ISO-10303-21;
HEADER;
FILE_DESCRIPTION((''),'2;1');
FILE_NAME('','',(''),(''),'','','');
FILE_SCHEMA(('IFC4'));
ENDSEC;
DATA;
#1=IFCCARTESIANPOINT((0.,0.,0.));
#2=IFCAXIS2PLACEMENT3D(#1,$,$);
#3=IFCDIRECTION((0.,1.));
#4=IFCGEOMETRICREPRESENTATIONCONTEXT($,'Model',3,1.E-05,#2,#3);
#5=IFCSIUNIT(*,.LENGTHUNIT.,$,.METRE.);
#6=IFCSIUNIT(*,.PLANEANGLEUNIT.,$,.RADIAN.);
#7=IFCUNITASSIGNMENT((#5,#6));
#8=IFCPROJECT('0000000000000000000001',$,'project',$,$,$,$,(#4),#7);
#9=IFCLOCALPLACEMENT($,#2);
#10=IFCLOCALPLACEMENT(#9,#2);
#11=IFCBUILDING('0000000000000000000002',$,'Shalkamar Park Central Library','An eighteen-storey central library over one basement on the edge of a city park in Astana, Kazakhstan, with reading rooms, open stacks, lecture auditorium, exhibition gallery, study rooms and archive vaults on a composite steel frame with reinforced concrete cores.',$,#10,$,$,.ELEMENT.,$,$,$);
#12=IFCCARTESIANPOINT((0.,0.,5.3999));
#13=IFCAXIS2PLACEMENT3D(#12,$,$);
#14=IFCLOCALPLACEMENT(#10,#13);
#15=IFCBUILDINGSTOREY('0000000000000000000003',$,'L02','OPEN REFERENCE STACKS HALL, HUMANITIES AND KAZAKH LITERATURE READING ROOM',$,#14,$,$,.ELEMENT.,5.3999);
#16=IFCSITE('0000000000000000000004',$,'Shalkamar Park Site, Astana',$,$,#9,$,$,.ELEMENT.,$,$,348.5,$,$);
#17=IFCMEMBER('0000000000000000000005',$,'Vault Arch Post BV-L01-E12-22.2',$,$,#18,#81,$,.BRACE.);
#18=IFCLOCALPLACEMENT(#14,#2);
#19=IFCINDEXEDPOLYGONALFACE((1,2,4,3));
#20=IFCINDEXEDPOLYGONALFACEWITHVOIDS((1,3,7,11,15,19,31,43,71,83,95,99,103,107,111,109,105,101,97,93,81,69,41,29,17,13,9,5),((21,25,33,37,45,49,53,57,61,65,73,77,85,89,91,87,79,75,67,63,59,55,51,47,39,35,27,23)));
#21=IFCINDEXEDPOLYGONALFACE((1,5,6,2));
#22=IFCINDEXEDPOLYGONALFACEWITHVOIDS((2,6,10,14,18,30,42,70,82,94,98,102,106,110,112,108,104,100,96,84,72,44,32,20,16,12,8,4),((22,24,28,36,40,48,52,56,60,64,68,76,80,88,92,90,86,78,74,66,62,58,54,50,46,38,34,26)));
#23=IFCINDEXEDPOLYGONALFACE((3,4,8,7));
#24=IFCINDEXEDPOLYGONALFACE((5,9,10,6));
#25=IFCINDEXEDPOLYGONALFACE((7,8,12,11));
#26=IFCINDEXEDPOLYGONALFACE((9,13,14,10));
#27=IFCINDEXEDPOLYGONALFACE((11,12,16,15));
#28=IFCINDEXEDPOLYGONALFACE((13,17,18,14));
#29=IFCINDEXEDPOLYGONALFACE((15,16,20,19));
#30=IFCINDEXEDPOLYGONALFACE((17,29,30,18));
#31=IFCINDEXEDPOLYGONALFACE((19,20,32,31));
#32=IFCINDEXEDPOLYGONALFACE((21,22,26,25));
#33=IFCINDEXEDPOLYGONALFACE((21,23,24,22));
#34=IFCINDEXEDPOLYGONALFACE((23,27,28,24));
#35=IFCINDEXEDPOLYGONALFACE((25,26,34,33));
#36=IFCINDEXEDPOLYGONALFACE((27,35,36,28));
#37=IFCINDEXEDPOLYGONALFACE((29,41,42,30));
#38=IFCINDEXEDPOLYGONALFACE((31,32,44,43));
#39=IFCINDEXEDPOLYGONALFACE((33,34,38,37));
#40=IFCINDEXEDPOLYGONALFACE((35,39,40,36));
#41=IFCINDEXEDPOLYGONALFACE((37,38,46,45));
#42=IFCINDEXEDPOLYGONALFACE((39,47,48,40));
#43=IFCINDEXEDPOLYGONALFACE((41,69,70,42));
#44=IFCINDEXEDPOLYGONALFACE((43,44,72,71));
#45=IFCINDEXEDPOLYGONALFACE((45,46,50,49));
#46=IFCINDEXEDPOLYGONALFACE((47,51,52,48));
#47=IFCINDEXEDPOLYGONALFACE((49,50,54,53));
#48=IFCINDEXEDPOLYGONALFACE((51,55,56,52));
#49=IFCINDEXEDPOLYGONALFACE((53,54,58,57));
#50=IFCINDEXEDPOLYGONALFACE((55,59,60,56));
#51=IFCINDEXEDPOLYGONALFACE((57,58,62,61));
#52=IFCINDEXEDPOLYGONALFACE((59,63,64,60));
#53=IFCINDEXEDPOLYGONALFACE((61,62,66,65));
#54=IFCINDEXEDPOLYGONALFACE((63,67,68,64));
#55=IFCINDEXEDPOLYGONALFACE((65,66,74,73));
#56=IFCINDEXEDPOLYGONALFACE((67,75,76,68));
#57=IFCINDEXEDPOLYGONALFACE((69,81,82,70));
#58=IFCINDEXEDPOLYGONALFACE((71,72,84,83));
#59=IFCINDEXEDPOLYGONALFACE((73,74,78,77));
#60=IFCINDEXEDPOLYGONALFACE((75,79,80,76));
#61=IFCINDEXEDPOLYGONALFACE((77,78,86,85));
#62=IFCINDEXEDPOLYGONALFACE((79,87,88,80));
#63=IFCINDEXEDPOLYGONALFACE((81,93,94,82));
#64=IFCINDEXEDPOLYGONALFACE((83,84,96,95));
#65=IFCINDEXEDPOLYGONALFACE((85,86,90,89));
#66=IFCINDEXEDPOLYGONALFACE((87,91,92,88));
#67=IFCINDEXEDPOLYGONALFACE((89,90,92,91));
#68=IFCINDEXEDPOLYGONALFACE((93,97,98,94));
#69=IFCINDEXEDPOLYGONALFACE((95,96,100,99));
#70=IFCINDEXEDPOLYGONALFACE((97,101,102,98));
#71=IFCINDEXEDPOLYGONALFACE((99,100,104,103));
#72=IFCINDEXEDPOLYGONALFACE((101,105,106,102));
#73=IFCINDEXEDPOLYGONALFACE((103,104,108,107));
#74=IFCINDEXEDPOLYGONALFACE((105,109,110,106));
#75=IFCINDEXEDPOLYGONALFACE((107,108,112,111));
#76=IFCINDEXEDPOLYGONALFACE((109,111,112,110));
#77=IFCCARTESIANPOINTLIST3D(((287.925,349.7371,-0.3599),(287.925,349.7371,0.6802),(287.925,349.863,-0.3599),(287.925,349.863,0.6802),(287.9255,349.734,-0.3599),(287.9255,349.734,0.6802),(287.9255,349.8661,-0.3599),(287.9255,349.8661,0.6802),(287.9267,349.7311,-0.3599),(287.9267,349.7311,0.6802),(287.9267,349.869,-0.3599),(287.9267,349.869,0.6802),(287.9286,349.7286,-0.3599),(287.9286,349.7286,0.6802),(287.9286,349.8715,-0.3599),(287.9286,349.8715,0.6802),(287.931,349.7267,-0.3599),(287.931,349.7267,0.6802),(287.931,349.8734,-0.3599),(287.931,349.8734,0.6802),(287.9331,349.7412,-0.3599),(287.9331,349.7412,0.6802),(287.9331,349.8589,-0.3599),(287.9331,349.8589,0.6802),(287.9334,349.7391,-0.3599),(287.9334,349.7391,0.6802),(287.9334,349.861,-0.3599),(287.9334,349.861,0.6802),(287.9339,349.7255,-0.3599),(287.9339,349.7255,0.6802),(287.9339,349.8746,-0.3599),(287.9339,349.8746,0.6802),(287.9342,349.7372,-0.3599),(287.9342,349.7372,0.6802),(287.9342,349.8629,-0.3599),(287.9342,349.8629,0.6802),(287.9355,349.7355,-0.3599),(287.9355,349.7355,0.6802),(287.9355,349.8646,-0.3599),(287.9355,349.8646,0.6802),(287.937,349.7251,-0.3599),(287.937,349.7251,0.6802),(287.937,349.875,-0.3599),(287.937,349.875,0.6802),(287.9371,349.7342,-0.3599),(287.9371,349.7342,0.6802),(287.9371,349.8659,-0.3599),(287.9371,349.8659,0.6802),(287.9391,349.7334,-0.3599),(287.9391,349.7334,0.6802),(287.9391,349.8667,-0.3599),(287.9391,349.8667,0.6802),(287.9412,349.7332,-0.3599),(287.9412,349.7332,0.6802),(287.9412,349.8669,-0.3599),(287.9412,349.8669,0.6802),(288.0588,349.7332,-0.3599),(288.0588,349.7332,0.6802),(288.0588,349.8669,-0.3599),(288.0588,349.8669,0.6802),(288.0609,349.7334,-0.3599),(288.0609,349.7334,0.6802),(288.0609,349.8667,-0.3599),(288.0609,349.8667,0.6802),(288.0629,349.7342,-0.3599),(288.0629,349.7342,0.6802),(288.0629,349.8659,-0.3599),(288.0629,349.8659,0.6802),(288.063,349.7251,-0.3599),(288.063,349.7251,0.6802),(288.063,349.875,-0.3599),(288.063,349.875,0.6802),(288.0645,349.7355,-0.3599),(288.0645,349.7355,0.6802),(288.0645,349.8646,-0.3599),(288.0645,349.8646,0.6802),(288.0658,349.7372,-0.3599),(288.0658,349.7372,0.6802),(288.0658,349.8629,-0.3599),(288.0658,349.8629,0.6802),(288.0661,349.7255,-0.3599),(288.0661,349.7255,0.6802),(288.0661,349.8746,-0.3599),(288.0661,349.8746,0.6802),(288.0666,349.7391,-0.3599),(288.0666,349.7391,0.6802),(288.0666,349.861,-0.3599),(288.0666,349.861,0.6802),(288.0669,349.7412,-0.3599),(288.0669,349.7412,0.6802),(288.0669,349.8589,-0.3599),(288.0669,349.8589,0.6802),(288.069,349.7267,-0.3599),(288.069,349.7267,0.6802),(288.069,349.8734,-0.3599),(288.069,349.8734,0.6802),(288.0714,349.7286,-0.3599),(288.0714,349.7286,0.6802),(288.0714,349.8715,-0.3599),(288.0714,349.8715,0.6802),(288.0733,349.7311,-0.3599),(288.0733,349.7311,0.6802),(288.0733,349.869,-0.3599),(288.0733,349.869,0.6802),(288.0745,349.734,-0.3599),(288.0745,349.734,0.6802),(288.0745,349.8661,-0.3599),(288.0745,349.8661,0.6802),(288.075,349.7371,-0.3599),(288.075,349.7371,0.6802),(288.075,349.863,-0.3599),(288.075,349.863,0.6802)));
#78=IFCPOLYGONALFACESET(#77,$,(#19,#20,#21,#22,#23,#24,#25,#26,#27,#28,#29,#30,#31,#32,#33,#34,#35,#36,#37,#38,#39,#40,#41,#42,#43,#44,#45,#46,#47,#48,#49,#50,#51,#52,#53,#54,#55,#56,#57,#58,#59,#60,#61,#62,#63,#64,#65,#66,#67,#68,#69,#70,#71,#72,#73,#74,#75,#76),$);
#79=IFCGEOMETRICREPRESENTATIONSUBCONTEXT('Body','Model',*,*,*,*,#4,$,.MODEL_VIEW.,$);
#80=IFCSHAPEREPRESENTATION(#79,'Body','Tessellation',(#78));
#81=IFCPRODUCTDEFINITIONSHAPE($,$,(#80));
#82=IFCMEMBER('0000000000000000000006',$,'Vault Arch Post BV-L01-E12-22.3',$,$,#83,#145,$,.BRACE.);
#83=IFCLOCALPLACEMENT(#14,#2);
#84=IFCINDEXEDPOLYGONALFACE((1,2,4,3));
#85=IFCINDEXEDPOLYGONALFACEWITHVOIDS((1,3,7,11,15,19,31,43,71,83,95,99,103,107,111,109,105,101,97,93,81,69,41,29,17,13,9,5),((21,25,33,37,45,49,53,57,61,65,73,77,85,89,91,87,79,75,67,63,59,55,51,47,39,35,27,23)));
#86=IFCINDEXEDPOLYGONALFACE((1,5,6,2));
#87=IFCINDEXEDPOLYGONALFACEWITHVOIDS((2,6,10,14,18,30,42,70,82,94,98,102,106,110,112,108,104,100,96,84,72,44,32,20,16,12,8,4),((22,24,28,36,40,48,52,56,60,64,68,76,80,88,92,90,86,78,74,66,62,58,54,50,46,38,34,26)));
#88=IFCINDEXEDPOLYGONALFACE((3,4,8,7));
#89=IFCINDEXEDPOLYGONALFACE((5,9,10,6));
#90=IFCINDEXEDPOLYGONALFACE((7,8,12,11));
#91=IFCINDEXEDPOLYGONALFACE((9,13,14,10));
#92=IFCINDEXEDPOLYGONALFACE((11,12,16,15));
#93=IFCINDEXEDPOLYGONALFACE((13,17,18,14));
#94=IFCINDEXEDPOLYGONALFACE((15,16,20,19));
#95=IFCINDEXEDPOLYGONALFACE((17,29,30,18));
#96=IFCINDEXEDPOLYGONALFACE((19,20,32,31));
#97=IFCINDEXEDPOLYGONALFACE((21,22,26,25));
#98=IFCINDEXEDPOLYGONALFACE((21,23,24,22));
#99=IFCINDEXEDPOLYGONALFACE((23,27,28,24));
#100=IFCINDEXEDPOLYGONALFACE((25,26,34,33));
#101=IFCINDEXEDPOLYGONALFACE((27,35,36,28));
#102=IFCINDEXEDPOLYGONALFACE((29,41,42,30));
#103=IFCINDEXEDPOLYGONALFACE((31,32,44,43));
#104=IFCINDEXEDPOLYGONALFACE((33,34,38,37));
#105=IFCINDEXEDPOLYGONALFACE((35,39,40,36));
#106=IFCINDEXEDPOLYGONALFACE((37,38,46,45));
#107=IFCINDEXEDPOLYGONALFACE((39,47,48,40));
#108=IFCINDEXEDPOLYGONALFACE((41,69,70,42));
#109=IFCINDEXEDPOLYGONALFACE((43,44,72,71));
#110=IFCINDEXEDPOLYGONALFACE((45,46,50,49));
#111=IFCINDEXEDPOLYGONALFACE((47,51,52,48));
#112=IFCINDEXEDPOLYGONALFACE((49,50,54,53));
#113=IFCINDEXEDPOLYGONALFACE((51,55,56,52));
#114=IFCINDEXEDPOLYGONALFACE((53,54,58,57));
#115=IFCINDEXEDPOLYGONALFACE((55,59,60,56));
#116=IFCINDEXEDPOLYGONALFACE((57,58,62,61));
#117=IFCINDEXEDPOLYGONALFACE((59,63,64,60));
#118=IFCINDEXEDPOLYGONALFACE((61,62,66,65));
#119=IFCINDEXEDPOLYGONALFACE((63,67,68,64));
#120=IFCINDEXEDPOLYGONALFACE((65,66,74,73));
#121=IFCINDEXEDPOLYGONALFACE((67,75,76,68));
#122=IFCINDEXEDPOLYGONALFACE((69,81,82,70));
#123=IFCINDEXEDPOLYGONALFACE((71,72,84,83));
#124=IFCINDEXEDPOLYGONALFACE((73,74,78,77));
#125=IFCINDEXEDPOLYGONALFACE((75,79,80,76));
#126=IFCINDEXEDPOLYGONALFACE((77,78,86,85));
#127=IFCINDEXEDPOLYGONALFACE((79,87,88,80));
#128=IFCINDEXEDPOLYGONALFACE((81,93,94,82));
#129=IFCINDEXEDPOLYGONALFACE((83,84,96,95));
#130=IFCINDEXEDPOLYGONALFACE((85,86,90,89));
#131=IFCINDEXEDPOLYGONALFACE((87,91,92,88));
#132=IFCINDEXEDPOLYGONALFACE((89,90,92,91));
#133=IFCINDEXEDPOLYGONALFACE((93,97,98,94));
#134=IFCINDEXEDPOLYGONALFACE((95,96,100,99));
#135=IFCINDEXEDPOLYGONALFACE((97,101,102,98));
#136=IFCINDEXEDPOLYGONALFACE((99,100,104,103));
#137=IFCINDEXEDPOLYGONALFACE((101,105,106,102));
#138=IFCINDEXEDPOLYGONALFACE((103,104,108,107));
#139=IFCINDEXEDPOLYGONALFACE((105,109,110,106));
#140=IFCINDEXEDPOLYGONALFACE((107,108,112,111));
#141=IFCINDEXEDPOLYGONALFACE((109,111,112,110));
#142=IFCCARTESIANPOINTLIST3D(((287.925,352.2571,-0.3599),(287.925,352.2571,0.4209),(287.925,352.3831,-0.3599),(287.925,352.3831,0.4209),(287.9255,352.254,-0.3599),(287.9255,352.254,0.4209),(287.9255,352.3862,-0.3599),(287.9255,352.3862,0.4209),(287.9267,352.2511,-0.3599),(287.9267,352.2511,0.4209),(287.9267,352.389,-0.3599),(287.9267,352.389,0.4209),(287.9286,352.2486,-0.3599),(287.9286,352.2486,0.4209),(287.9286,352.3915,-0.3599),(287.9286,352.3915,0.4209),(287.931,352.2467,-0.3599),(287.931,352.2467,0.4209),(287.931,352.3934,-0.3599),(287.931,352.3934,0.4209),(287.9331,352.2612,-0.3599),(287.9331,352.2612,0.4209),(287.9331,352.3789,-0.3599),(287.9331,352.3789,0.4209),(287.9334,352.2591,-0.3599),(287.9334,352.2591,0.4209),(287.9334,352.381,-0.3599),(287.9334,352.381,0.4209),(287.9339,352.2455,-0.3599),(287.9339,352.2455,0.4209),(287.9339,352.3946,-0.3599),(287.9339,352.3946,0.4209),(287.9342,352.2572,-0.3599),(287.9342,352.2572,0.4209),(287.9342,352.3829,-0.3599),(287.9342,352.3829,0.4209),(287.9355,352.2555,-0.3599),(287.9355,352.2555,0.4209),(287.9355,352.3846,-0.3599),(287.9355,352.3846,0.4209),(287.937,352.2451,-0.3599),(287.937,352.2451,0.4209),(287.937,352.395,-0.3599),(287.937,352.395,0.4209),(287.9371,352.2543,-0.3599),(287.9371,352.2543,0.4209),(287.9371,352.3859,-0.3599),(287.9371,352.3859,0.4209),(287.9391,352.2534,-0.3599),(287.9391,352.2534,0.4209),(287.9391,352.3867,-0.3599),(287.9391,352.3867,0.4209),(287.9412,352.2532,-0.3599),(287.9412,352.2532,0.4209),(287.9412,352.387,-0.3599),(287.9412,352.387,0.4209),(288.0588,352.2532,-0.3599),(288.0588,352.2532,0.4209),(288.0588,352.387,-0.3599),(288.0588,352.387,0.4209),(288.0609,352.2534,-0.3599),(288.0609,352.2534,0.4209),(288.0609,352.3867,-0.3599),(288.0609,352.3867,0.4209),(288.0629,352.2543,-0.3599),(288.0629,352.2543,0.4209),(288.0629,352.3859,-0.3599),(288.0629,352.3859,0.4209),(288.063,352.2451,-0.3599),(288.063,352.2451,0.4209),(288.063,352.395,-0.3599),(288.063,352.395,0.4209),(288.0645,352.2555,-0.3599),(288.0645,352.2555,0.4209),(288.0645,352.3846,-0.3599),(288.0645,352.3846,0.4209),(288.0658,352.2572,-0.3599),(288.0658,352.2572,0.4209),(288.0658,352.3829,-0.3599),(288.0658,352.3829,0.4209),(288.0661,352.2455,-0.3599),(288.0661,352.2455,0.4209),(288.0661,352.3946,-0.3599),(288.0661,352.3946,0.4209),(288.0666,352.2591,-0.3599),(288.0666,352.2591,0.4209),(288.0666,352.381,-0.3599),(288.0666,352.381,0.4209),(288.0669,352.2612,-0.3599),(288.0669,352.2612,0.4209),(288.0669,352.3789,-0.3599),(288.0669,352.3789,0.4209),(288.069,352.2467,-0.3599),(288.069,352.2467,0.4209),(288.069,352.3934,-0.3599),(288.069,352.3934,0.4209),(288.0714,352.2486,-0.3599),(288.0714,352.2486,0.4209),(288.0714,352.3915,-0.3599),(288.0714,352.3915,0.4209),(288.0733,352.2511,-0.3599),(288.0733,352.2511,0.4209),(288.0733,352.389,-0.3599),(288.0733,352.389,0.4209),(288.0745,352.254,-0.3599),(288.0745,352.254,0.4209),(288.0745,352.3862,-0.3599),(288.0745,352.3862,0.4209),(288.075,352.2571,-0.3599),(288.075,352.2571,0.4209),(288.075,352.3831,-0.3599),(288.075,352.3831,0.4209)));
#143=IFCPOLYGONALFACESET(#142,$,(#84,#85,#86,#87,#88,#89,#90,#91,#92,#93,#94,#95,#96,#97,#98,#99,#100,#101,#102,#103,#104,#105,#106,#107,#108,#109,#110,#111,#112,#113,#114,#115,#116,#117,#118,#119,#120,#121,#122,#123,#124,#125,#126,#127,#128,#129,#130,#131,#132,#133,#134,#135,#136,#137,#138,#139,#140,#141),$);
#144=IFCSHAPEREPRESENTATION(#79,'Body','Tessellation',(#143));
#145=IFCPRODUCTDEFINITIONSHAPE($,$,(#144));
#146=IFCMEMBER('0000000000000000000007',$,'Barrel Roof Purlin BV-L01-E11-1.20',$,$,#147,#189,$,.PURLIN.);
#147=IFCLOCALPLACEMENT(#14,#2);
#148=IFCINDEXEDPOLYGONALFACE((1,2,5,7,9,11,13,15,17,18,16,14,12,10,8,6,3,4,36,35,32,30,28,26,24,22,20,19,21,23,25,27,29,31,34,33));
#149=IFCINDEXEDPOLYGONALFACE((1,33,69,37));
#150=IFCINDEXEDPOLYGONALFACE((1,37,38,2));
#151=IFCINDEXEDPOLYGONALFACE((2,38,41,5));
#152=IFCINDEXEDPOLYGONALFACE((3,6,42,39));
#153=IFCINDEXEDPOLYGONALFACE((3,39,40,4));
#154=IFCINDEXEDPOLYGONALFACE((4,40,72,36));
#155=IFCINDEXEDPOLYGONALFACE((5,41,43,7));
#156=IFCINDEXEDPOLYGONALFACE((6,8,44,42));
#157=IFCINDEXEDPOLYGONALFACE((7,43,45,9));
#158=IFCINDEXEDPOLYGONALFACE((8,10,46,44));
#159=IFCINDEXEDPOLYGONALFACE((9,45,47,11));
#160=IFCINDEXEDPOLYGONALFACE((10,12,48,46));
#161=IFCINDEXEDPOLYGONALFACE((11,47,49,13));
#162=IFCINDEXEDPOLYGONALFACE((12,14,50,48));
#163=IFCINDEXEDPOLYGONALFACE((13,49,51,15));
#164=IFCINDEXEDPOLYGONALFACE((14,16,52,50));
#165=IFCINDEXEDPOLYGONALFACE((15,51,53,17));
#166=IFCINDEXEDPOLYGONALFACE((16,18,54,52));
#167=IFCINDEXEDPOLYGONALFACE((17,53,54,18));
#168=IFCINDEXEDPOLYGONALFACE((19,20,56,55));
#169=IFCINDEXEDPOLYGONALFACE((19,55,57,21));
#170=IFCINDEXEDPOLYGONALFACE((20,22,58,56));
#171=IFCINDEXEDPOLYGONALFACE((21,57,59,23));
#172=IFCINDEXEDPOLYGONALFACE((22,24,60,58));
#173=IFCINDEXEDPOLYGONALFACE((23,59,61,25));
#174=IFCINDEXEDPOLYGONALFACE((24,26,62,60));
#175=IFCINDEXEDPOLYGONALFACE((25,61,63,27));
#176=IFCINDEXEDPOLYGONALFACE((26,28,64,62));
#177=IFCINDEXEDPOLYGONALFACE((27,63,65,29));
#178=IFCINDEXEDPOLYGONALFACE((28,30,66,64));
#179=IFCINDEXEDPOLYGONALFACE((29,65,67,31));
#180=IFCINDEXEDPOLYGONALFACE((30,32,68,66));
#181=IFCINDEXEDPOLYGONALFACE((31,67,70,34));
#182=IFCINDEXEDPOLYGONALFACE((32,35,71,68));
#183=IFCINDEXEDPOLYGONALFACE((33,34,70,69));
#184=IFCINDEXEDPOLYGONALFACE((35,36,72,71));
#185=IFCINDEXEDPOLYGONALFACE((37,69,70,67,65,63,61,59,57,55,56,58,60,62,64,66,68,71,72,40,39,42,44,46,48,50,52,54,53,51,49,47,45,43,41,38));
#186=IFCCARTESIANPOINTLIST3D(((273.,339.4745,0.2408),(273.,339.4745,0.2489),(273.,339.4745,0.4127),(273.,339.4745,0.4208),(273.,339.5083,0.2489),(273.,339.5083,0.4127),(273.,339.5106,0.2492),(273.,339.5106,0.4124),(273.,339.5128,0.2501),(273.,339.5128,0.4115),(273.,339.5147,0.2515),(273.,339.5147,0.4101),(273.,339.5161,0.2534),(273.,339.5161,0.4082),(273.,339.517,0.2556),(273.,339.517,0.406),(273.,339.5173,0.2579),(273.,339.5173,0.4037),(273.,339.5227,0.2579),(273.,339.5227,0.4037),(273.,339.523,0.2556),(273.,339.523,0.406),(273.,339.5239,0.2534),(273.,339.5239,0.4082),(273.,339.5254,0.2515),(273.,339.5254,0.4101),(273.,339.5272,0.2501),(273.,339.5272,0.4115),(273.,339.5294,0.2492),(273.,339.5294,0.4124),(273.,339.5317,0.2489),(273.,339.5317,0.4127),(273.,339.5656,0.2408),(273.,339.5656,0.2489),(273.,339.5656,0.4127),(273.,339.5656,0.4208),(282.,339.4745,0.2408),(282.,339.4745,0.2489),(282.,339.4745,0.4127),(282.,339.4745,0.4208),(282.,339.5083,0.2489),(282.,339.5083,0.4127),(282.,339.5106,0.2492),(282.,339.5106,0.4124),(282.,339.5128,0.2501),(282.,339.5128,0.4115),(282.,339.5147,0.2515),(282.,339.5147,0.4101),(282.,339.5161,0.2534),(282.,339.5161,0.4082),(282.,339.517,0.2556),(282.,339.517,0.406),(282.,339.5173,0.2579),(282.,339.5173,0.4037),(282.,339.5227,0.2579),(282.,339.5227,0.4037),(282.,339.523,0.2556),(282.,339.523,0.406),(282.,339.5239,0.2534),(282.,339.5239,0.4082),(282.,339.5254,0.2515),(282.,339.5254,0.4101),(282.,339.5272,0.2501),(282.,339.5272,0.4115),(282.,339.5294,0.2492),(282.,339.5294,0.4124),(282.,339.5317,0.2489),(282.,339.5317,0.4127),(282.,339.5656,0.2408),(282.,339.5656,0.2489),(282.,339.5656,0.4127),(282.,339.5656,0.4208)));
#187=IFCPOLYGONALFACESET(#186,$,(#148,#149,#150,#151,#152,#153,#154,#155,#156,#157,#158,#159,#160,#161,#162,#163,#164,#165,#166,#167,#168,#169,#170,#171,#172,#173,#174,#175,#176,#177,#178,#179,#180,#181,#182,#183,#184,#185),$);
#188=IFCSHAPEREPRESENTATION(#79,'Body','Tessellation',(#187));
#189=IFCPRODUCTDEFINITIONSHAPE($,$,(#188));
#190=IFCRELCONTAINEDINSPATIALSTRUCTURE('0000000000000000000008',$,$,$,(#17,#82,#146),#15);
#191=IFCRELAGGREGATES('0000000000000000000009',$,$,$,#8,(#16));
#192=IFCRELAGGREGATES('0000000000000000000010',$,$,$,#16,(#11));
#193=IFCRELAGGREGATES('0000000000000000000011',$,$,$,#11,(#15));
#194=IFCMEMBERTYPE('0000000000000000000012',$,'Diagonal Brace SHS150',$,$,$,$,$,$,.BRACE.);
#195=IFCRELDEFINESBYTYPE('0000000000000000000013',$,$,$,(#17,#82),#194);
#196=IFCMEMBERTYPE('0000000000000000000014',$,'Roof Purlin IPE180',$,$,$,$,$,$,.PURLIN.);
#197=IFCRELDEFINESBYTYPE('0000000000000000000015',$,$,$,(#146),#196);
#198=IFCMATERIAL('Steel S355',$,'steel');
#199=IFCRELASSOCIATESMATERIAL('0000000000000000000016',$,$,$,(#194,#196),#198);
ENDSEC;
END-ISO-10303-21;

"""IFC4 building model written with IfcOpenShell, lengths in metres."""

from ifc_helpers import new_model, si_unit, direction, frame, origin, origin_2d, place, context, subcontext, project, spatial, hollow_rectangle, i_section, extrude, material, material_profile, profile_set, type_object, element, save


model = new_model("IFC4")

# Units and contexts
model_context = context("Model", 3, precision=1e-05, world=origin(), true_north=direction((0.0, 1.0)))
body_context = subcontext(model_context, "Body", "Model", "MODEL_VIEW")
ifc_project = project(units=[si_unit("LENGTHUNIT", "METRE"), si_unit("PLANEANGLEUNIT", "RADIAN")], contexts=[model_context])

# Site, building, storey
site_placement = place(None, origin())
site = spatial("IfcSite", under=ifc_project, at=site_placement, Name="Shalkamar Park Site, Astana", CompositionType="ELEMENT", RefElevation=348.5)
building_placement = place(site_placement, origin())
building = spatial("IfcBuilding", under=site, at=building_placement, Name="Shalkamar Park Central Library", Description="An eighteen-storey central library over one basement on the edge of a city park in Astana, Kazakhstan, with reading rooms, open stacks, lecture auditorium, exhibition gallery, study rooms and archive vaults on a composite steel frame with reinforced concrete cores.", CompositionType="ELEMENT")
storey_placement = place(building_placement, frame((0.0, 0.0, 5.3999)))
storey = spatial("IfcBuildingStorey", under=building, at=storey_placement, Name="L02", Description="OPEN REFERENCE STACKS HALL, HUMANITIES AND KAZAKH LITERATURE READING ROOM", CompositionType="ELEMENT", Elevation=5.3999)

# Members
ifc_material_1 = material(Name="Steel S355", Category="steel")
ifc_material_profile_1 = material_profile(ifc_material_1, hollow_rectangle(XDim=0.1499, YDim=0.1499, WallThickness=0.0081, InnerFilletRadius=0.0081, OuterFilletRadius=0.012, at=origin_2d()), Name="SHS 150x150x8")
ifc_profile_set_1 = profile_set([ifc_material_profile_1], Name="Steel S355")
member_type_1 = type_object("IfcMemberType", Name="Diagonal Brace SHS150", PredefinedType="BRACE", material=ifc_profile_set_1)
member_1_placement = place(storey_placement, frame((288.0, 349.8, -0.3599), z_axis=(0.0, 0.0, 1.0), x_axis=(1.0, 0.0, 0.0)))
element("IfcMember", 1, at=member_1_placement, inside=storey, type_object=member_type_1, Name="Vault Arch Post BV-L01-E12-22.2", PredefinedType="BRACE", context=body_context, shape_type="SweptSolid", body=[
    extrude(hollow_rectangle(XDim=0.1499, YDim=0.1499, WallThickness=0.0081, InnerFilletRadius=0.0081, OuterFilletRadius=0.012, at=origin_2d()), origin(), (0.0, 0.0, 1.0), 1.04),
])
member_2_placement = place(storey_placement, frame((288.0, 352.3201, -0.3599), z_axis=(0.0, 0.0, 1.0), x_axis=(1.0, 0.0, 0.0)))
element("IfcMember", 2, at=member_2_placement, inside=storey, type_object=member_type_1, Name="Vault Arch Post BV-L01-E12-22.3", PredefinedType="BRACE", context=body_context, shape_type="SweptSolid", body=[
    extrude(hollow_rectangle(XDim=0.1499, YDim=0.1499, WallThickness=0.0081, InnerFilletRadius=0.0081, OuterFilletRadius=0.012, at=origin_2d()), origin(), (0.0, 0.0, 1.0), 0.7808),
])
ifc_material_profile_2 = material_profile(ifc_material_1, i_section(OverallWidth=0.0911, OverallDepth=0.1799, WebThickness=0.0054, FlangeThickness=0.0081, FilletRadius=0.009, at=origin_2d()), Name="IPE 180")
ifc_profile_set_2 = profile_set([ifc_material_profile_2], Name="Steel S355")
member_type_2 = type_object("IfcMemberType", Name="Roof Purlin IPE180", PredefinedType="PURLIN", material=ifc_profile_set_2)
member_3_placement = place(storey_placement, frame((273.0, 339.52, 0.3308), z_axis=(1.0, 0.0, 0.0), x_axis=(0.0, 1.0, 0.0)))
element("IfcMember", 3, at=member_3_placement, inside=storey, type_object=member_type_2, Name="Barrel Roof Purlin BV-L01-E11-1.20", PredefinedType="PURLIN", context=body_context, shape_type="SweptSolid", body=[
    extrude(i_section(OverallWidth=0.0911, OverallDepth=0.1799, WebThickness=0.0054, FlangeThickness=0.0081, FilletRadius=0.009, at=origin_2d()), origin(), (0.0, 0.0, 1.0), 9.0),
])

save(model, "model.ifc")
